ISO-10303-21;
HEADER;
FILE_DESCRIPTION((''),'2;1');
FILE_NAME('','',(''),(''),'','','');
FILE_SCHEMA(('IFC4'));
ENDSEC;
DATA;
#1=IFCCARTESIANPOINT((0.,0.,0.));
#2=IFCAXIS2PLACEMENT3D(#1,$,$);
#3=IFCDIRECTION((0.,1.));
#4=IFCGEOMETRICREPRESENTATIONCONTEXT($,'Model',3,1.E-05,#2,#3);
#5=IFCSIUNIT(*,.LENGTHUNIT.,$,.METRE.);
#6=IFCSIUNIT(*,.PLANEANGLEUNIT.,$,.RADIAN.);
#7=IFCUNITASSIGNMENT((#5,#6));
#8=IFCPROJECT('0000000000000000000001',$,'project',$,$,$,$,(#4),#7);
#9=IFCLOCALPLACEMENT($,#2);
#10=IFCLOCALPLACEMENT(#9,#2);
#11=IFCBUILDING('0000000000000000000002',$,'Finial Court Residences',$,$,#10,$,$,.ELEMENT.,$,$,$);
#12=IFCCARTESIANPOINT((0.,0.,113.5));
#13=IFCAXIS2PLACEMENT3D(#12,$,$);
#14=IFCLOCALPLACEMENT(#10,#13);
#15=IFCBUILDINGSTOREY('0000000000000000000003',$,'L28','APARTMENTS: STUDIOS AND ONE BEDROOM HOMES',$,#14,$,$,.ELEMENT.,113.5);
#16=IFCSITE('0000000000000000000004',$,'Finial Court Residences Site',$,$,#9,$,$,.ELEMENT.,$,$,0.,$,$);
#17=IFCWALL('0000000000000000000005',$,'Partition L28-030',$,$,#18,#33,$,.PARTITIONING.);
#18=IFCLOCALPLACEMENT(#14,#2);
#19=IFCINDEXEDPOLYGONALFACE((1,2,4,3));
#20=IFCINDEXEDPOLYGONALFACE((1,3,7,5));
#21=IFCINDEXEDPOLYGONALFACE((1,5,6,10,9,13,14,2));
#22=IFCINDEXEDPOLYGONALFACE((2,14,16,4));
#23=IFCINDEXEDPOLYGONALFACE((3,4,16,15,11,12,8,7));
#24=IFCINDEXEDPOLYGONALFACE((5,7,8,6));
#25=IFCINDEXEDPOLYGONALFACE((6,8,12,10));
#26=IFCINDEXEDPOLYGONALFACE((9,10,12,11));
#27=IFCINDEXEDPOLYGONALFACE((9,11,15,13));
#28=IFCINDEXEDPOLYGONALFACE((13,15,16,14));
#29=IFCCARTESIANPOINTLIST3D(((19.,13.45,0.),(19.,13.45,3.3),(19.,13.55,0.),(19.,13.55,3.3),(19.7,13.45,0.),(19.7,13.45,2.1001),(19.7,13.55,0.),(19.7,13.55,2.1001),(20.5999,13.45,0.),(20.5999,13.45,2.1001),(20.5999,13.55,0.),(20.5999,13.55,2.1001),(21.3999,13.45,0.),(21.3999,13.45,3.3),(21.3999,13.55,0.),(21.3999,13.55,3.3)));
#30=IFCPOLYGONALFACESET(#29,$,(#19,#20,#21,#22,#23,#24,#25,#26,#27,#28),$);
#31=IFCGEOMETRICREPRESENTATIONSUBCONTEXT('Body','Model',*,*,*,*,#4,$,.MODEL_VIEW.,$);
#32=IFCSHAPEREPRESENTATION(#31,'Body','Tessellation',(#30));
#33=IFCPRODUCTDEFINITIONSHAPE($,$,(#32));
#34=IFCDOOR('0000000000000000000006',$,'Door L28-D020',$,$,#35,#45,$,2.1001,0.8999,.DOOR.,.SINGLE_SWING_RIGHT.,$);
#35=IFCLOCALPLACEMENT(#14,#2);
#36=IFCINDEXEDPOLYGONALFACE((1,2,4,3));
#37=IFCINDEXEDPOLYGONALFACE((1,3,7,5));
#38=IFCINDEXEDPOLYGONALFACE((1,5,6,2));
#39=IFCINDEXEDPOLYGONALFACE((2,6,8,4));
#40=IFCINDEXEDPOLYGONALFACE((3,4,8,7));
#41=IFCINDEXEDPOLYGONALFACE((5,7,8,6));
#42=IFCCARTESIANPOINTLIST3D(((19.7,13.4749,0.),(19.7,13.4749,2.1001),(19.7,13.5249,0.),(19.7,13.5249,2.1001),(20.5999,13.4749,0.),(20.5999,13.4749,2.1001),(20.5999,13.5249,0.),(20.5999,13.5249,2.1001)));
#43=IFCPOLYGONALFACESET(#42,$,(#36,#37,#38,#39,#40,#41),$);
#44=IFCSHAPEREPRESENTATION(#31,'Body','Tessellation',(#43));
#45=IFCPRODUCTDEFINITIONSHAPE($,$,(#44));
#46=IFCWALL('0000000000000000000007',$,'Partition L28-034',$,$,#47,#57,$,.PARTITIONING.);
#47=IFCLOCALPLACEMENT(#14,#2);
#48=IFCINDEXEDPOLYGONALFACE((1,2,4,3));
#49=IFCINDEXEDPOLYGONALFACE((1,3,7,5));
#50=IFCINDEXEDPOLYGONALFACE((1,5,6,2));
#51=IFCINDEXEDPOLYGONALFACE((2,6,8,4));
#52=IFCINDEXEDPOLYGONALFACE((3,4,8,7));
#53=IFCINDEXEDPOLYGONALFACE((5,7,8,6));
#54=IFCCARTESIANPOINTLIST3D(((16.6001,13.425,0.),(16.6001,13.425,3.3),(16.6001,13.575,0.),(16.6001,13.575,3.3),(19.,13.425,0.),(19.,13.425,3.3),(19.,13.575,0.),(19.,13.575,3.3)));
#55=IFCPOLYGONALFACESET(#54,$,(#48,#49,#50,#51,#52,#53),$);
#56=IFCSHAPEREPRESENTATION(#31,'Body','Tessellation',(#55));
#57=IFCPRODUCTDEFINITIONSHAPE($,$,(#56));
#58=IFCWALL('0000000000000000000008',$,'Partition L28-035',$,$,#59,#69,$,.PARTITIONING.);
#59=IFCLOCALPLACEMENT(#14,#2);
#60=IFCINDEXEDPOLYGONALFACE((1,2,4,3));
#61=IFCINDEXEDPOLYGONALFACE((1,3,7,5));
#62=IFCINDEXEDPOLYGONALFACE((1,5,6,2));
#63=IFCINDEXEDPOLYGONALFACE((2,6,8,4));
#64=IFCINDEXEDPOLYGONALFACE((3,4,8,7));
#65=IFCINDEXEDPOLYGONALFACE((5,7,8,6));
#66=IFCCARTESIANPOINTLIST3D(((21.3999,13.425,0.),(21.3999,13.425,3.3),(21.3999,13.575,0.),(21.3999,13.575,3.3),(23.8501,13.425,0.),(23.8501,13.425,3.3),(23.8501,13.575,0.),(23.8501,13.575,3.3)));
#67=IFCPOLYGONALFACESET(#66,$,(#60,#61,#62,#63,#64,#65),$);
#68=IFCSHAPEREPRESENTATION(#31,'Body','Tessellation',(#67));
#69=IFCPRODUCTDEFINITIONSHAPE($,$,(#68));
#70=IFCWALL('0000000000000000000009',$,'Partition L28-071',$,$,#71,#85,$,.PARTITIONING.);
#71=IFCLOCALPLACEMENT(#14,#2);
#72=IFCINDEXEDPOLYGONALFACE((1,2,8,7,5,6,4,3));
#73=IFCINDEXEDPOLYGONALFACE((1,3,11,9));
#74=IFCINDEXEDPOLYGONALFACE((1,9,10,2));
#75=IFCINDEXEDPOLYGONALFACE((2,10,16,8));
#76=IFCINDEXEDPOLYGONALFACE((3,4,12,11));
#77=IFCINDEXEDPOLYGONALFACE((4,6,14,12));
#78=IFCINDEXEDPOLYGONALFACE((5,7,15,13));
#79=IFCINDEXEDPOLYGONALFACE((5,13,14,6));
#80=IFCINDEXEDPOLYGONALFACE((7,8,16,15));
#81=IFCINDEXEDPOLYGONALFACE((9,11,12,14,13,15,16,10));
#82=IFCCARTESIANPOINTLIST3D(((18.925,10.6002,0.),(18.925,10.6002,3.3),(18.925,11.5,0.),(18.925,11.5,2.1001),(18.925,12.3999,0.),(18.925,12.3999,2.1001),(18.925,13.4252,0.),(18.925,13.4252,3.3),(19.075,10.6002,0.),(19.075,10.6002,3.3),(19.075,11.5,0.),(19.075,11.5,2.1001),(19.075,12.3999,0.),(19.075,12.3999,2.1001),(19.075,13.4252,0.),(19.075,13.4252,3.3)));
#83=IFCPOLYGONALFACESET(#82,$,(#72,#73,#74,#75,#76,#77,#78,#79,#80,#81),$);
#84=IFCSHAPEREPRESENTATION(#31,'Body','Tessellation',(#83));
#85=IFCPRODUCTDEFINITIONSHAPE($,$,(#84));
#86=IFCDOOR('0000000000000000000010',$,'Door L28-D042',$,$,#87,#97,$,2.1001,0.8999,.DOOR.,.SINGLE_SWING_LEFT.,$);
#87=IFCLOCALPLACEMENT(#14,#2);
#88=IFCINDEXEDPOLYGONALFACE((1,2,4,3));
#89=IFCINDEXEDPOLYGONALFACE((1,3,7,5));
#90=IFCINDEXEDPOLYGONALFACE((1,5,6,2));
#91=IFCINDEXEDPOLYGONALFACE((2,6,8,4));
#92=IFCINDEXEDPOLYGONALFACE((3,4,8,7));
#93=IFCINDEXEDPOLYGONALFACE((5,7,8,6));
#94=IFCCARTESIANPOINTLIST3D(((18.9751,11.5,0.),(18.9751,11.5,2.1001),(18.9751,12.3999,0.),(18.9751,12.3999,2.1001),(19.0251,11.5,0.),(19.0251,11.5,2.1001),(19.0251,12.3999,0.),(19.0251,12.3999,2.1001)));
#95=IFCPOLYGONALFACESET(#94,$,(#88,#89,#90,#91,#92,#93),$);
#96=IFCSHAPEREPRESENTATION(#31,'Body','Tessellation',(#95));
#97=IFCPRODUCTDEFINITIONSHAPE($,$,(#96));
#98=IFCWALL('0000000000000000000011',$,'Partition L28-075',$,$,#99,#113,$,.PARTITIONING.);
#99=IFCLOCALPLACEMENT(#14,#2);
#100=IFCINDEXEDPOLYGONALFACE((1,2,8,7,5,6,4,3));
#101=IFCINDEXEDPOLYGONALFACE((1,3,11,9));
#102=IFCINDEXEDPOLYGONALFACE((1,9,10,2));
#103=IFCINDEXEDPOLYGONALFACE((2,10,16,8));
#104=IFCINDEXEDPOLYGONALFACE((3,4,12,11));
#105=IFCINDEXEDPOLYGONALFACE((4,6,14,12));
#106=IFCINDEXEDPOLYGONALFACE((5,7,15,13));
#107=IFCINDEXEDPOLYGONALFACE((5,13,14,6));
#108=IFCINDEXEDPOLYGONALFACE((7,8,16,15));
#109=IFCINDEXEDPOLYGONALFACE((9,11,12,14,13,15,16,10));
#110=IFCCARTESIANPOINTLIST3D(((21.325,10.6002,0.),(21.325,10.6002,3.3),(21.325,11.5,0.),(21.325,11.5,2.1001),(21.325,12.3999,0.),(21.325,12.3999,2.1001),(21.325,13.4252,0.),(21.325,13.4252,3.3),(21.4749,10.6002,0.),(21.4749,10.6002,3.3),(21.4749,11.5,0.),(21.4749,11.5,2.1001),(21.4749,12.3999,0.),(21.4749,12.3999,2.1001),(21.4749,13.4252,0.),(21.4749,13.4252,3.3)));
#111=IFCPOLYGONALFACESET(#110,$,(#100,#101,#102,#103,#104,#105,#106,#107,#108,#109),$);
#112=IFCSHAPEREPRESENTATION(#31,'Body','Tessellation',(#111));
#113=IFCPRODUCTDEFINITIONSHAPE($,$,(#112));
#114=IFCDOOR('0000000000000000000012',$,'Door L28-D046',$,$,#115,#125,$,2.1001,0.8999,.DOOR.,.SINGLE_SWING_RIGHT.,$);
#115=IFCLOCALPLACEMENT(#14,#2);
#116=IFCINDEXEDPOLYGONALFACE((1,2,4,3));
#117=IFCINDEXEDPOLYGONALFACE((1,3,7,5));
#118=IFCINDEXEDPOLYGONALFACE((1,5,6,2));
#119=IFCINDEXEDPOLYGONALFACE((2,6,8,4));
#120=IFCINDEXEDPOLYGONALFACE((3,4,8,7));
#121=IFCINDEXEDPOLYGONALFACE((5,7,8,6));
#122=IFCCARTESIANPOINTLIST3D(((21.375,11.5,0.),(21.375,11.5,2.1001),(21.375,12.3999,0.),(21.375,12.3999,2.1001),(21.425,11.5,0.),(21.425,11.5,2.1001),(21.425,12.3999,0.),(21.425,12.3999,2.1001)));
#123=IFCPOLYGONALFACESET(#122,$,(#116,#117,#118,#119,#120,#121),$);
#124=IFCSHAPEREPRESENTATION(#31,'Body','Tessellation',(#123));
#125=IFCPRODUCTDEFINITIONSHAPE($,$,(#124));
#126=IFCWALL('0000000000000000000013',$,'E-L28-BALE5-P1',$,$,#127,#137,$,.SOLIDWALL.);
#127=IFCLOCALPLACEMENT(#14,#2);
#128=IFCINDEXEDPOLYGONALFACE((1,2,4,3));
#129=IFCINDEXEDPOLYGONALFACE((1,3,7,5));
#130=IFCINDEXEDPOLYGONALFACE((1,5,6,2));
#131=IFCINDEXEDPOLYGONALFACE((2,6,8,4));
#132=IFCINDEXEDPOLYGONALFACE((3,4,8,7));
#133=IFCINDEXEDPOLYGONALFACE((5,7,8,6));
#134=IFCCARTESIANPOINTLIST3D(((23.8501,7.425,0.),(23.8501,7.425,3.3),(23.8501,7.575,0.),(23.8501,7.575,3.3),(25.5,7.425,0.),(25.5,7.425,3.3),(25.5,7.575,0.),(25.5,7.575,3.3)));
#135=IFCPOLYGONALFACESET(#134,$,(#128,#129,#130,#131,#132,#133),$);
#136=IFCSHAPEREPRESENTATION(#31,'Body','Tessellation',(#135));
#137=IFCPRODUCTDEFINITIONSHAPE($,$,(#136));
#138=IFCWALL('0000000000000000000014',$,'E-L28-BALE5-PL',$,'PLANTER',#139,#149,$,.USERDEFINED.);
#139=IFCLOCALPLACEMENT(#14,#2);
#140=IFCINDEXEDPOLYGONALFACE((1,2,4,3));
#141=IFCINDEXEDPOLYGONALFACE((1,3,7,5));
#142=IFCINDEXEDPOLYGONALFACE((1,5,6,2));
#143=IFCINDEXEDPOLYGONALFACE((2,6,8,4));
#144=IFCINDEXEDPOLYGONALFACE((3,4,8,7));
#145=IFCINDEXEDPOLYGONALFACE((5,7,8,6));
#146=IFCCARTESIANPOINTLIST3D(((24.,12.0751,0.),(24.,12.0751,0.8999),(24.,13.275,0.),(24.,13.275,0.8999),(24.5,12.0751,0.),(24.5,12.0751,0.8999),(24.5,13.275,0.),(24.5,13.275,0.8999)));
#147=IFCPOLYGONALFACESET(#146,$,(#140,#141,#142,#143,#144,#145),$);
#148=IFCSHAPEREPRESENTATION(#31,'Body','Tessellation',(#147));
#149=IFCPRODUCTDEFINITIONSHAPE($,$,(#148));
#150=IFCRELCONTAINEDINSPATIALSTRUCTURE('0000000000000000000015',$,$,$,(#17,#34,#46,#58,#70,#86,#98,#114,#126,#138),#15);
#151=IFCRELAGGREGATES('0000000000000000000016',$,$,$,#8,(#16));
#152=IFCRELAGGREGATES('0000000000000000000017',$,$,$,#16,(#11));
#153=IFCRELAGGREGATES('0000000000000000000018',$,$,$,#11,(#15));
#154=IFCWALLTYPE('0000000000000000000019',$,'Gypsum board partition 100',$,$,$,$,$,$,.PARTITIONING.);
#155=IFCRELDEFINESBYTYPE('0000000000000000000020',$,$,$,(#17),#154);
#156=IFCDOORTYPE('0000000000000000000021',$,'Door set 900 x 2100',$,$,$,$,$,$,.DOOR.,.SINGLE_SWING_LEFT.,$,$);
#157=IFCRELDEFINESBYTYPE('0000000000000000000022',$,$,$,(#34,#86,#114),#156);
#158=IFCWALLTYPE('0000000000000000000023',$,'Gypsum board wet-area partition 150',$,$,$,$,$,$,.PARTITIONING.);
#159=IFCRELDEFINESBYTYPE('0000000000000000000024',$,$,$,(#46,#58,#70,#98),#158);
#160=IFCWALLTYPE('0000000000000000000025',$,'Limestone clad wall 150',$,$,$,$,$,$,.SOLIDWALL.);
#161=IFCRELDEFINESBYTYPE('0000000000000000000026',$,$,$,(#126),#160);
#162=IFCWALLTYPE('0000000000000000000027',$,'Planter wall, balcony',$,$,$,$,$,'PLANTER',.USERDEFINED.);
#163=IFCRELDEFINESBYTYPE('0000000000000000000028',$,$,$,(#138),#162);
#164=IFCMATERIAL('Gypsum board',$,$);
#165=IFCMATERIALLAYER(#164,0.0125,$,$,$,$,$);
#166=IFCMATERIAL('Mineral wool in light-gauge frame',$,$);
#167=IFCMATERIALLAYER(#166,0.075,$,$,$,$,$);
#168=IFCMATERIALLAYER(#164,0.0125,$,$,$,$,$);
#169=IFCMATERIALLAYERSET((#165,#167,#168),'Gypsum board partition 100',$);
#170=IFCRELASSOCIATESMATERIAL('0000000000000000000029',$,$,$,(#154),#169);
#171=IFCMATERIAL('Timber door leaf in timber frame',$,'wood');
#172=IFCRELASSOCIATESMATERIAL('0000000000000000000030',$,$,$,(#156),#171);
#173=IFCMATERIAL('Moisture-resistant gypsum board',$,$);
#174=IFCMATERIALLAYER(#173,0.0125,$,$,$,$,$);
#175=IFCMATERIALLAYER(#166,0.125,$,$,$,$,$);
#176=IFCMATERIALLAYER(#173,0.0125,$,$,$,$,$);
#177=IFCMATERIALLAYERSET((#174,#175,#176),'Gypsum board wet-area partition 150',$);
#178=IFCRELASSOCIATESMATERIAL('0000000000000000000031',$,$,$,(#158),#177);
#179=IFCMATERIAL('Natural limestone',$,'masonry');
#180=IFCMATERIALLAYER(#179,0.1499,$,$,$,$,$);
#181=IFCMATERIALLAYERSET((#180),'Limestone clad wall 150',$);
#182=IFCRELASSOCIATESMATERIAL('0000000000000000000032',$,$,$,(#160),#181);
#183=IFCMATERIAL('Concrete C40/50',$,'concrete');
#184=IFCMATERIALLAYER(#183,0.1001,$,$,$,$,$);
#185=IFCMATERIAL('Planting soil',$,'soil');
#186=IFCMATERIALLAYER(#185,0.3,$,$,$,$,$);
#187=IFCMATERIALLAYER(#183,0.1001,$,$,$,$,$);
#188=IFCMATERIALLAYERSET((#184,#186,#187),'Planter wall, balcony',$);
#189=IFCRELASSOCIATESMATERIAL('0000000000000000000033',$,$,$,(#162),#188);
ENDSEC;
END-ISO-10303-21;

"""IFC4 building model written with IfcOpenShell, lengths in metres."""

from ifc_helpers import new_model, si_unit, direction, frame, frame_2d, origin, place, context, subcontext, project, spatial, rectangle, extrude, material, layer, layer_set, type_object, element, fill, save


model = new_model("IFC4")

# Units and contexts
model_context = context("Model", 3, precision=1e-05, world=origin(), true_north=direction((0.0, 1.0)))
body_context = subcontext(model_context, "Body", "Model", "MODEL_VIEW")
ifc_project = project(units=[si_unit("LENGTHUNIT", "METRE"), si_unit("PLANEANGLEUNIT", "RADIAN")], contexts=[model_context])

# Site, building, storey
site_placement = place(None, origin())
site = spatial("IfcSite", under=ifc_project, at=site_placement, Name="Finial Court Residences Site", CompositionType="ELEMENT", RefElevation=0.0)
building_placement = place(site_placement, origin())
building = spatial("IfcBuilding", under=site, at=building_placement, Name="Finial Court Residences", CompositionType="ELEMENT")
storey_placement = place(building_placement, frame((0.0, 0.0, 113.5)))
storey = spatial("IfcBuildingStorey", under=building, at=storey_placement, Name="L28", Description="APARTMENTS: STUDIOS AND ONE BEDROOM HOMES", CompositionType="ELEMENT", Elevation=113.5)

# Shared definitions
ifc_material_1 = material(Name="Gypsum board")

# Wall, opening, door
ifc_layer_1 = layer(ifc_material_1, 0.0125)
ifc_material_2 = material(Name="Mineral wool in light-gauge frame")
ifc_layer_2 = layer(ifc_material_2, 0.075)
ifc_layer_3 = layer(ifc_material_1, 0.0125)
ifc_layer_set_1 = layer_set([ifc_layer_1, ifc_layer_2, ifc_layer_3], Name="Gypsum board partition 100")
wall_type_1 = type_object("IfcWallType", Name="Gypsum board partition 100", PredefinedType="PARTITIONING", material=ifc_layer_set_1)
wall_1_placement = place(storey_placement, frame((19.0, 13.5, 0.0), z_axis=(0.0, 0.0, 1.0), x_axis=(1.0, 0.0, 0.0)))
wall_1 = element("IfcWall", 1, at=wall_1_placement, inside=storey, type_object=wall_type_1, Name="Partition L28-030", PredefinedType="PARTITIONING", context=body_context, shape_type="SweptSolid", body=[
    extrude(rectangle(XDim=2.3999, YDim=0.1001, at=frame_2d((1.2, 0.0))), origin(), (0.0, 0.0, 1.0), 3.3),
])
opening_1_placement = place(wall_1_placement, frame((0.7, 0.0, 0.0)))
opening_1 = element("IfcOpeningElement", 2, at=opening_1_placement, cuts=wall_1, PredefinedType="OPENING", context=body_context, shape_type="SweptSolid", body=[
    extrude(rectangle(XDim=0.8999, YDim=2.1001, at=frame_2d((0.45, 1.05))), frame((0.0, 0.0601, 0.0), z_axis=(0.0, -1.0, 0.0), x_axis=(1.0, 0.0, 0.0)), (0.0, 0.0, 1.0), 0.1201),
])
ifc_material_3 = material(Name="Timber door leaf in timber frame", Category="wood")
door_type_1 = type_object("IfcDoorType", Name="Door set 900 x 2100", OperationType="SINGLE_SWING_LEFT", PredefinedType="DOOR", material=ifc_material_3)
door_1_placement = place(opening_1_placement, origin())
door_1 = element("IfcDoor", 3, at=door_1_placement, inside=storey, type_object=door_type_1, Name="Door L28-D020", OperationType="SINGLE_SWING_RIGHT", OverallHeight=2.1001, OverallWidth=0.8999, PredefinedType="DOOR", context=body_context, shape_type="SweptSolid", body=[
    extrude(rectangle(XDim=0.8999, YDim=2.1001, at=frame_2d((0.45, 1.05))), frame((0.0, 0.0249, 0.0), z_axis=(0.0, -1.0, 0.0), x_axis=(1.0, 0.0, 0.0)), (0.0, 0.0, 1.0), 0.05),
])
fill(opening_1, door_1)

# Walls
ifc_material_4 = material(Name="Moisture-resistant gypsum board")
ifc_layer_4 = layer(ifc_material_4, 0.0125)
ifc_layer_5 = layer(ifc_material_2, 0.125)
ifc_layer_6 = layer(ifc_material_4, 0.0125)
ifc_layer_set_2 = layer_set([ifc_layer_4, ifc_layer_5, ifc_layer_6], Name="Gypsum board wet-area partition 150")
wall_type_2 = type_object("IfcWallType", Name="Gypsum board wet-area partition 150", PredefinedType="PARTITIONING", material=ifc_layer_set_2)
wall_2_placement = place(storey_placement, frame((16.6001, 13.5, 0.0), z_axis=(0.0, 0.0, 1.0), x_axis=(1.0, 0.0, 0.0)))
element("IfcWall", 4, at=wall_2_placement, inside=storey, type_object=wall_type_2, Name="Partition L28-034", PredefinedType="PARTITIONING", context=body_context, shape_type="SweptSolid", body=[
    extrude(rectangle(XDim=2.3999, YDim=0.1499, at=frame_2d((1.2, 0.0))), origin(), (0.0, 0.0, 1.0), 3.3),
])
wall_3_placement = place(storey_placement, frame((21.3999, 13.5, 0.0), z_axis=(0.0, 0.0, 1.0), x_axis=(1.0, 0.0, 0.0)))
element("IfcWall", 5, at=wall_3_placement, inside=storey, type_object=wall_type_2, Name="Partition L28-035", PredefinedType="PARTITIONING", context=body_context, shape_type="SweptSolid", body=[
    extrude(rectangle(XDim=2.4502, YDim=0.1499, at=frame_2d((1.2251, 0.0))), origin(), (0.0, 0.0, 1.0), 3.3),
])

# Walls, openings, doors
wall_4_placement = place(storey_placement, frame((19.0, 10.6001, 0.0), z_axis=(0.0, 0.0, 1.0), x_axis=(0.0, 1.0, 0.0)))
wall_4 = element("IfcWall", 6, at=wall_4_placement, inside=storey, type_object=wall_type_2, Name="Partition L28-071", PredefinedType="PARTITIONING", context=body_context, shape_type="SweptSolid", body=[
    extrude(rectangle(XDim=2.825, YDim=0.1499, at=frame_2d((1.4126, 0.0))), origin(), (0.0, 0.0, 1.0), 3.3),
])
opening_2_placement = place(wall_4_placement, frame((0.8999, 0.0, 0.0)))
opening_2 = element("IfcOpeningElement", 7, at=opening_2_placement, cuts=wall_4, PredefinedType="OPENING", context=body_context, shape_type="SweptSolid", body=[
    extrude(rectangle(XDim=0.8999, YDim=2.1001, at=frame_2d((0.45, 1.05))), frame((0.0, 0.085, 0.0), z_axis=(0.0, -1.0, 0.0), x_axis=(1.0, 0.0, 0.0)), (0.0, 0.0, 1.0), 0.1699),
])
door_2_placement = place(opening_2_placement, origin())
door_2 = element("IfcDoor", 8, at=door_2_placement, inside=storey, type_object=door_type_1, Name="Door L28-D042", OperationType="SINGLE_SWING_LEFT", OverallHeight=2.1001, OverallWidth=0.8999, PredefinedType="DOOR", context=body_context, shape_type="SweptSolid", body=[
    extrude(rectangle(XDim=0.8999, YDim=2.1001, at=frame_2d((0.45, 1.05))), frame((0.0, 0.0249, 0.0), z_axis=(0.0, -1.0, 0.0), x_axis=(1.0, 0.0, 0.0)), (0.0, 0.0, 1.0), 0.05),
])
fill(opening_2, door_2)
wall_5_placement = place(storey_placement, frame((21.3999, 10.6001, 0.0), z_axis=(0.0, 0.0, 1.0), x_axis=(0.0, 1.0, 0.0)))
wall_5 = element("IfcWall", 9, at=wall_5_placement, inside=storey, type_object=wall_type_2, Name="Partition L28-075", PredefinedType="PARTITIONING", context=body_context, shape_type="SweptSolid", body=[
    extrude(rectangle(XDim=2.825, YDim=0.1499, at=frame_2d((1.4126, 0.0))), origin(), (0.0, 0.0, 1.0), 3.3),
])
opening_3_placement = place(wall_5_placement, frame((0.8999, 0.0, 0.0)))
opening_3 = element("IfcOpeningElement", 10, at=opening_3_placement, cuts=wall_5, PredefinedType="OPENING", context=body_context, shape_type="SweptSolid", body=[
    extrude(rectangle(XDim=0.8999, YDim=2.1001, at=frame_2d((0.45, 1.05))), frame((0.0, 0.085, 0.0), z_axis=(0.0, -1.0, 0.0), x_axis=(1.0, 0.0, 0.0)), (0.0, 0.0, 1.0), 0.1699),
])
door_3_placement = place(opening_3_placement, origin())
door_3 = element("IfcDoor", 11, at=door_3_placement, inside=storey, type_object=door_type_1, Name="Door L28-D046", OperationType="SINGLE_SWING_RIGHT", OverallHeight=2.1001, OverallWidth=0.8999, PredefinedType="DOOR", context=body_context, shape_type="SweptSolid", body=[
    extrude(rectangle(XDim=0.8999, YDim=2.1001, at=frame_2d((0.45, 1.05))), frame((0.0, 0.0249, 0.0), z_axis=(0.0, -1.0, 0.0), x_axis=(1.0, 0.0, 0.0)), (0.0, 0.0, 1.0), 0.05),
])
fill(opening_3, door_3)

# Wall
ifc_material_5 = material(Name="Natural limestone", Category="masonry")
ifc_layer_7 = layer(ifc_material_5, 0.1499)
ifc_layer_set_3 = layer_set([ifc_layer_7], Name="Limestone clad wall 150")
wall_type_3 = type_object("IfcWallType", Name="Limestone clad wall 150", PredefinedType="SOLIDWALL", material=ifc_layer_set_3)
wall_6_placement = place(storey_placement, frame((23.8501, 7.5, 0.0), z_axis=(0.0, 0.0, 1.0), x_axis=(1.0, 0.0, 0.0)))
element("IfcWall", 12, at=wall_6_placement, inside=storey, type_object=wall_type_3, Name="E-L28-BALE5-P1", PredefinedType="SOLIDWALL", context=body_context, shape_type="SweptSolid", body=[
    extrude(rectangle(XDim=1.6499, YDim=0.1499, at=frame_2d((0.825, 0.0))), origin(), (0.0, 0.0, 1.0), 3.3),
])

# Wall
ifc_material_6 = material(Name="Concrete C40/50", Category="concrete")
ifc_layer_8 = layer(ifc_material_6, 0.1001)
ifc_material_7 = material(Name="Planting soil", Category="soil")
ifc_layer_9 = layer(ifc_material_7, 0.3)
ifc_layer_10 = layer(ifc_material_6, 0.1001)
ifc_layer_set_4 = layer_set([ifc_layer_8, ifc_layer_9, ifc_layer_10], Name="Planter wall, balcony")
wall_type_4 = type_object("IfcWallType", Name="Planter wall, balcony", ElementType="PLANTER", PredefinedType="USERDEFINED", material=ifc_layer_set_4)
wall_7_placement = place(storey_placement, frame((24.25, 12.075, 0.0), z_axis=(0.0, 0.0, 1.0), x_axis=(0.0, 1.0, 0.0)))
element("IfcWall", 13, at=wall_7_placement, inside=storey, type_object=wall_type_4, Name="E-L28-BALE5-PL", ObjectType="PLANTER", PredefinedType="USERDEFINED", context=body_context, shape_type="SweptSolid", body=[
    extrude(rectangle(XDim=1.2, YDim=0.5, at=frame_2d((0.6001, 0.0))), origin(), (0.0, 0.0, 1.0), 0.8999),
])

save(model, "model.ifc")
